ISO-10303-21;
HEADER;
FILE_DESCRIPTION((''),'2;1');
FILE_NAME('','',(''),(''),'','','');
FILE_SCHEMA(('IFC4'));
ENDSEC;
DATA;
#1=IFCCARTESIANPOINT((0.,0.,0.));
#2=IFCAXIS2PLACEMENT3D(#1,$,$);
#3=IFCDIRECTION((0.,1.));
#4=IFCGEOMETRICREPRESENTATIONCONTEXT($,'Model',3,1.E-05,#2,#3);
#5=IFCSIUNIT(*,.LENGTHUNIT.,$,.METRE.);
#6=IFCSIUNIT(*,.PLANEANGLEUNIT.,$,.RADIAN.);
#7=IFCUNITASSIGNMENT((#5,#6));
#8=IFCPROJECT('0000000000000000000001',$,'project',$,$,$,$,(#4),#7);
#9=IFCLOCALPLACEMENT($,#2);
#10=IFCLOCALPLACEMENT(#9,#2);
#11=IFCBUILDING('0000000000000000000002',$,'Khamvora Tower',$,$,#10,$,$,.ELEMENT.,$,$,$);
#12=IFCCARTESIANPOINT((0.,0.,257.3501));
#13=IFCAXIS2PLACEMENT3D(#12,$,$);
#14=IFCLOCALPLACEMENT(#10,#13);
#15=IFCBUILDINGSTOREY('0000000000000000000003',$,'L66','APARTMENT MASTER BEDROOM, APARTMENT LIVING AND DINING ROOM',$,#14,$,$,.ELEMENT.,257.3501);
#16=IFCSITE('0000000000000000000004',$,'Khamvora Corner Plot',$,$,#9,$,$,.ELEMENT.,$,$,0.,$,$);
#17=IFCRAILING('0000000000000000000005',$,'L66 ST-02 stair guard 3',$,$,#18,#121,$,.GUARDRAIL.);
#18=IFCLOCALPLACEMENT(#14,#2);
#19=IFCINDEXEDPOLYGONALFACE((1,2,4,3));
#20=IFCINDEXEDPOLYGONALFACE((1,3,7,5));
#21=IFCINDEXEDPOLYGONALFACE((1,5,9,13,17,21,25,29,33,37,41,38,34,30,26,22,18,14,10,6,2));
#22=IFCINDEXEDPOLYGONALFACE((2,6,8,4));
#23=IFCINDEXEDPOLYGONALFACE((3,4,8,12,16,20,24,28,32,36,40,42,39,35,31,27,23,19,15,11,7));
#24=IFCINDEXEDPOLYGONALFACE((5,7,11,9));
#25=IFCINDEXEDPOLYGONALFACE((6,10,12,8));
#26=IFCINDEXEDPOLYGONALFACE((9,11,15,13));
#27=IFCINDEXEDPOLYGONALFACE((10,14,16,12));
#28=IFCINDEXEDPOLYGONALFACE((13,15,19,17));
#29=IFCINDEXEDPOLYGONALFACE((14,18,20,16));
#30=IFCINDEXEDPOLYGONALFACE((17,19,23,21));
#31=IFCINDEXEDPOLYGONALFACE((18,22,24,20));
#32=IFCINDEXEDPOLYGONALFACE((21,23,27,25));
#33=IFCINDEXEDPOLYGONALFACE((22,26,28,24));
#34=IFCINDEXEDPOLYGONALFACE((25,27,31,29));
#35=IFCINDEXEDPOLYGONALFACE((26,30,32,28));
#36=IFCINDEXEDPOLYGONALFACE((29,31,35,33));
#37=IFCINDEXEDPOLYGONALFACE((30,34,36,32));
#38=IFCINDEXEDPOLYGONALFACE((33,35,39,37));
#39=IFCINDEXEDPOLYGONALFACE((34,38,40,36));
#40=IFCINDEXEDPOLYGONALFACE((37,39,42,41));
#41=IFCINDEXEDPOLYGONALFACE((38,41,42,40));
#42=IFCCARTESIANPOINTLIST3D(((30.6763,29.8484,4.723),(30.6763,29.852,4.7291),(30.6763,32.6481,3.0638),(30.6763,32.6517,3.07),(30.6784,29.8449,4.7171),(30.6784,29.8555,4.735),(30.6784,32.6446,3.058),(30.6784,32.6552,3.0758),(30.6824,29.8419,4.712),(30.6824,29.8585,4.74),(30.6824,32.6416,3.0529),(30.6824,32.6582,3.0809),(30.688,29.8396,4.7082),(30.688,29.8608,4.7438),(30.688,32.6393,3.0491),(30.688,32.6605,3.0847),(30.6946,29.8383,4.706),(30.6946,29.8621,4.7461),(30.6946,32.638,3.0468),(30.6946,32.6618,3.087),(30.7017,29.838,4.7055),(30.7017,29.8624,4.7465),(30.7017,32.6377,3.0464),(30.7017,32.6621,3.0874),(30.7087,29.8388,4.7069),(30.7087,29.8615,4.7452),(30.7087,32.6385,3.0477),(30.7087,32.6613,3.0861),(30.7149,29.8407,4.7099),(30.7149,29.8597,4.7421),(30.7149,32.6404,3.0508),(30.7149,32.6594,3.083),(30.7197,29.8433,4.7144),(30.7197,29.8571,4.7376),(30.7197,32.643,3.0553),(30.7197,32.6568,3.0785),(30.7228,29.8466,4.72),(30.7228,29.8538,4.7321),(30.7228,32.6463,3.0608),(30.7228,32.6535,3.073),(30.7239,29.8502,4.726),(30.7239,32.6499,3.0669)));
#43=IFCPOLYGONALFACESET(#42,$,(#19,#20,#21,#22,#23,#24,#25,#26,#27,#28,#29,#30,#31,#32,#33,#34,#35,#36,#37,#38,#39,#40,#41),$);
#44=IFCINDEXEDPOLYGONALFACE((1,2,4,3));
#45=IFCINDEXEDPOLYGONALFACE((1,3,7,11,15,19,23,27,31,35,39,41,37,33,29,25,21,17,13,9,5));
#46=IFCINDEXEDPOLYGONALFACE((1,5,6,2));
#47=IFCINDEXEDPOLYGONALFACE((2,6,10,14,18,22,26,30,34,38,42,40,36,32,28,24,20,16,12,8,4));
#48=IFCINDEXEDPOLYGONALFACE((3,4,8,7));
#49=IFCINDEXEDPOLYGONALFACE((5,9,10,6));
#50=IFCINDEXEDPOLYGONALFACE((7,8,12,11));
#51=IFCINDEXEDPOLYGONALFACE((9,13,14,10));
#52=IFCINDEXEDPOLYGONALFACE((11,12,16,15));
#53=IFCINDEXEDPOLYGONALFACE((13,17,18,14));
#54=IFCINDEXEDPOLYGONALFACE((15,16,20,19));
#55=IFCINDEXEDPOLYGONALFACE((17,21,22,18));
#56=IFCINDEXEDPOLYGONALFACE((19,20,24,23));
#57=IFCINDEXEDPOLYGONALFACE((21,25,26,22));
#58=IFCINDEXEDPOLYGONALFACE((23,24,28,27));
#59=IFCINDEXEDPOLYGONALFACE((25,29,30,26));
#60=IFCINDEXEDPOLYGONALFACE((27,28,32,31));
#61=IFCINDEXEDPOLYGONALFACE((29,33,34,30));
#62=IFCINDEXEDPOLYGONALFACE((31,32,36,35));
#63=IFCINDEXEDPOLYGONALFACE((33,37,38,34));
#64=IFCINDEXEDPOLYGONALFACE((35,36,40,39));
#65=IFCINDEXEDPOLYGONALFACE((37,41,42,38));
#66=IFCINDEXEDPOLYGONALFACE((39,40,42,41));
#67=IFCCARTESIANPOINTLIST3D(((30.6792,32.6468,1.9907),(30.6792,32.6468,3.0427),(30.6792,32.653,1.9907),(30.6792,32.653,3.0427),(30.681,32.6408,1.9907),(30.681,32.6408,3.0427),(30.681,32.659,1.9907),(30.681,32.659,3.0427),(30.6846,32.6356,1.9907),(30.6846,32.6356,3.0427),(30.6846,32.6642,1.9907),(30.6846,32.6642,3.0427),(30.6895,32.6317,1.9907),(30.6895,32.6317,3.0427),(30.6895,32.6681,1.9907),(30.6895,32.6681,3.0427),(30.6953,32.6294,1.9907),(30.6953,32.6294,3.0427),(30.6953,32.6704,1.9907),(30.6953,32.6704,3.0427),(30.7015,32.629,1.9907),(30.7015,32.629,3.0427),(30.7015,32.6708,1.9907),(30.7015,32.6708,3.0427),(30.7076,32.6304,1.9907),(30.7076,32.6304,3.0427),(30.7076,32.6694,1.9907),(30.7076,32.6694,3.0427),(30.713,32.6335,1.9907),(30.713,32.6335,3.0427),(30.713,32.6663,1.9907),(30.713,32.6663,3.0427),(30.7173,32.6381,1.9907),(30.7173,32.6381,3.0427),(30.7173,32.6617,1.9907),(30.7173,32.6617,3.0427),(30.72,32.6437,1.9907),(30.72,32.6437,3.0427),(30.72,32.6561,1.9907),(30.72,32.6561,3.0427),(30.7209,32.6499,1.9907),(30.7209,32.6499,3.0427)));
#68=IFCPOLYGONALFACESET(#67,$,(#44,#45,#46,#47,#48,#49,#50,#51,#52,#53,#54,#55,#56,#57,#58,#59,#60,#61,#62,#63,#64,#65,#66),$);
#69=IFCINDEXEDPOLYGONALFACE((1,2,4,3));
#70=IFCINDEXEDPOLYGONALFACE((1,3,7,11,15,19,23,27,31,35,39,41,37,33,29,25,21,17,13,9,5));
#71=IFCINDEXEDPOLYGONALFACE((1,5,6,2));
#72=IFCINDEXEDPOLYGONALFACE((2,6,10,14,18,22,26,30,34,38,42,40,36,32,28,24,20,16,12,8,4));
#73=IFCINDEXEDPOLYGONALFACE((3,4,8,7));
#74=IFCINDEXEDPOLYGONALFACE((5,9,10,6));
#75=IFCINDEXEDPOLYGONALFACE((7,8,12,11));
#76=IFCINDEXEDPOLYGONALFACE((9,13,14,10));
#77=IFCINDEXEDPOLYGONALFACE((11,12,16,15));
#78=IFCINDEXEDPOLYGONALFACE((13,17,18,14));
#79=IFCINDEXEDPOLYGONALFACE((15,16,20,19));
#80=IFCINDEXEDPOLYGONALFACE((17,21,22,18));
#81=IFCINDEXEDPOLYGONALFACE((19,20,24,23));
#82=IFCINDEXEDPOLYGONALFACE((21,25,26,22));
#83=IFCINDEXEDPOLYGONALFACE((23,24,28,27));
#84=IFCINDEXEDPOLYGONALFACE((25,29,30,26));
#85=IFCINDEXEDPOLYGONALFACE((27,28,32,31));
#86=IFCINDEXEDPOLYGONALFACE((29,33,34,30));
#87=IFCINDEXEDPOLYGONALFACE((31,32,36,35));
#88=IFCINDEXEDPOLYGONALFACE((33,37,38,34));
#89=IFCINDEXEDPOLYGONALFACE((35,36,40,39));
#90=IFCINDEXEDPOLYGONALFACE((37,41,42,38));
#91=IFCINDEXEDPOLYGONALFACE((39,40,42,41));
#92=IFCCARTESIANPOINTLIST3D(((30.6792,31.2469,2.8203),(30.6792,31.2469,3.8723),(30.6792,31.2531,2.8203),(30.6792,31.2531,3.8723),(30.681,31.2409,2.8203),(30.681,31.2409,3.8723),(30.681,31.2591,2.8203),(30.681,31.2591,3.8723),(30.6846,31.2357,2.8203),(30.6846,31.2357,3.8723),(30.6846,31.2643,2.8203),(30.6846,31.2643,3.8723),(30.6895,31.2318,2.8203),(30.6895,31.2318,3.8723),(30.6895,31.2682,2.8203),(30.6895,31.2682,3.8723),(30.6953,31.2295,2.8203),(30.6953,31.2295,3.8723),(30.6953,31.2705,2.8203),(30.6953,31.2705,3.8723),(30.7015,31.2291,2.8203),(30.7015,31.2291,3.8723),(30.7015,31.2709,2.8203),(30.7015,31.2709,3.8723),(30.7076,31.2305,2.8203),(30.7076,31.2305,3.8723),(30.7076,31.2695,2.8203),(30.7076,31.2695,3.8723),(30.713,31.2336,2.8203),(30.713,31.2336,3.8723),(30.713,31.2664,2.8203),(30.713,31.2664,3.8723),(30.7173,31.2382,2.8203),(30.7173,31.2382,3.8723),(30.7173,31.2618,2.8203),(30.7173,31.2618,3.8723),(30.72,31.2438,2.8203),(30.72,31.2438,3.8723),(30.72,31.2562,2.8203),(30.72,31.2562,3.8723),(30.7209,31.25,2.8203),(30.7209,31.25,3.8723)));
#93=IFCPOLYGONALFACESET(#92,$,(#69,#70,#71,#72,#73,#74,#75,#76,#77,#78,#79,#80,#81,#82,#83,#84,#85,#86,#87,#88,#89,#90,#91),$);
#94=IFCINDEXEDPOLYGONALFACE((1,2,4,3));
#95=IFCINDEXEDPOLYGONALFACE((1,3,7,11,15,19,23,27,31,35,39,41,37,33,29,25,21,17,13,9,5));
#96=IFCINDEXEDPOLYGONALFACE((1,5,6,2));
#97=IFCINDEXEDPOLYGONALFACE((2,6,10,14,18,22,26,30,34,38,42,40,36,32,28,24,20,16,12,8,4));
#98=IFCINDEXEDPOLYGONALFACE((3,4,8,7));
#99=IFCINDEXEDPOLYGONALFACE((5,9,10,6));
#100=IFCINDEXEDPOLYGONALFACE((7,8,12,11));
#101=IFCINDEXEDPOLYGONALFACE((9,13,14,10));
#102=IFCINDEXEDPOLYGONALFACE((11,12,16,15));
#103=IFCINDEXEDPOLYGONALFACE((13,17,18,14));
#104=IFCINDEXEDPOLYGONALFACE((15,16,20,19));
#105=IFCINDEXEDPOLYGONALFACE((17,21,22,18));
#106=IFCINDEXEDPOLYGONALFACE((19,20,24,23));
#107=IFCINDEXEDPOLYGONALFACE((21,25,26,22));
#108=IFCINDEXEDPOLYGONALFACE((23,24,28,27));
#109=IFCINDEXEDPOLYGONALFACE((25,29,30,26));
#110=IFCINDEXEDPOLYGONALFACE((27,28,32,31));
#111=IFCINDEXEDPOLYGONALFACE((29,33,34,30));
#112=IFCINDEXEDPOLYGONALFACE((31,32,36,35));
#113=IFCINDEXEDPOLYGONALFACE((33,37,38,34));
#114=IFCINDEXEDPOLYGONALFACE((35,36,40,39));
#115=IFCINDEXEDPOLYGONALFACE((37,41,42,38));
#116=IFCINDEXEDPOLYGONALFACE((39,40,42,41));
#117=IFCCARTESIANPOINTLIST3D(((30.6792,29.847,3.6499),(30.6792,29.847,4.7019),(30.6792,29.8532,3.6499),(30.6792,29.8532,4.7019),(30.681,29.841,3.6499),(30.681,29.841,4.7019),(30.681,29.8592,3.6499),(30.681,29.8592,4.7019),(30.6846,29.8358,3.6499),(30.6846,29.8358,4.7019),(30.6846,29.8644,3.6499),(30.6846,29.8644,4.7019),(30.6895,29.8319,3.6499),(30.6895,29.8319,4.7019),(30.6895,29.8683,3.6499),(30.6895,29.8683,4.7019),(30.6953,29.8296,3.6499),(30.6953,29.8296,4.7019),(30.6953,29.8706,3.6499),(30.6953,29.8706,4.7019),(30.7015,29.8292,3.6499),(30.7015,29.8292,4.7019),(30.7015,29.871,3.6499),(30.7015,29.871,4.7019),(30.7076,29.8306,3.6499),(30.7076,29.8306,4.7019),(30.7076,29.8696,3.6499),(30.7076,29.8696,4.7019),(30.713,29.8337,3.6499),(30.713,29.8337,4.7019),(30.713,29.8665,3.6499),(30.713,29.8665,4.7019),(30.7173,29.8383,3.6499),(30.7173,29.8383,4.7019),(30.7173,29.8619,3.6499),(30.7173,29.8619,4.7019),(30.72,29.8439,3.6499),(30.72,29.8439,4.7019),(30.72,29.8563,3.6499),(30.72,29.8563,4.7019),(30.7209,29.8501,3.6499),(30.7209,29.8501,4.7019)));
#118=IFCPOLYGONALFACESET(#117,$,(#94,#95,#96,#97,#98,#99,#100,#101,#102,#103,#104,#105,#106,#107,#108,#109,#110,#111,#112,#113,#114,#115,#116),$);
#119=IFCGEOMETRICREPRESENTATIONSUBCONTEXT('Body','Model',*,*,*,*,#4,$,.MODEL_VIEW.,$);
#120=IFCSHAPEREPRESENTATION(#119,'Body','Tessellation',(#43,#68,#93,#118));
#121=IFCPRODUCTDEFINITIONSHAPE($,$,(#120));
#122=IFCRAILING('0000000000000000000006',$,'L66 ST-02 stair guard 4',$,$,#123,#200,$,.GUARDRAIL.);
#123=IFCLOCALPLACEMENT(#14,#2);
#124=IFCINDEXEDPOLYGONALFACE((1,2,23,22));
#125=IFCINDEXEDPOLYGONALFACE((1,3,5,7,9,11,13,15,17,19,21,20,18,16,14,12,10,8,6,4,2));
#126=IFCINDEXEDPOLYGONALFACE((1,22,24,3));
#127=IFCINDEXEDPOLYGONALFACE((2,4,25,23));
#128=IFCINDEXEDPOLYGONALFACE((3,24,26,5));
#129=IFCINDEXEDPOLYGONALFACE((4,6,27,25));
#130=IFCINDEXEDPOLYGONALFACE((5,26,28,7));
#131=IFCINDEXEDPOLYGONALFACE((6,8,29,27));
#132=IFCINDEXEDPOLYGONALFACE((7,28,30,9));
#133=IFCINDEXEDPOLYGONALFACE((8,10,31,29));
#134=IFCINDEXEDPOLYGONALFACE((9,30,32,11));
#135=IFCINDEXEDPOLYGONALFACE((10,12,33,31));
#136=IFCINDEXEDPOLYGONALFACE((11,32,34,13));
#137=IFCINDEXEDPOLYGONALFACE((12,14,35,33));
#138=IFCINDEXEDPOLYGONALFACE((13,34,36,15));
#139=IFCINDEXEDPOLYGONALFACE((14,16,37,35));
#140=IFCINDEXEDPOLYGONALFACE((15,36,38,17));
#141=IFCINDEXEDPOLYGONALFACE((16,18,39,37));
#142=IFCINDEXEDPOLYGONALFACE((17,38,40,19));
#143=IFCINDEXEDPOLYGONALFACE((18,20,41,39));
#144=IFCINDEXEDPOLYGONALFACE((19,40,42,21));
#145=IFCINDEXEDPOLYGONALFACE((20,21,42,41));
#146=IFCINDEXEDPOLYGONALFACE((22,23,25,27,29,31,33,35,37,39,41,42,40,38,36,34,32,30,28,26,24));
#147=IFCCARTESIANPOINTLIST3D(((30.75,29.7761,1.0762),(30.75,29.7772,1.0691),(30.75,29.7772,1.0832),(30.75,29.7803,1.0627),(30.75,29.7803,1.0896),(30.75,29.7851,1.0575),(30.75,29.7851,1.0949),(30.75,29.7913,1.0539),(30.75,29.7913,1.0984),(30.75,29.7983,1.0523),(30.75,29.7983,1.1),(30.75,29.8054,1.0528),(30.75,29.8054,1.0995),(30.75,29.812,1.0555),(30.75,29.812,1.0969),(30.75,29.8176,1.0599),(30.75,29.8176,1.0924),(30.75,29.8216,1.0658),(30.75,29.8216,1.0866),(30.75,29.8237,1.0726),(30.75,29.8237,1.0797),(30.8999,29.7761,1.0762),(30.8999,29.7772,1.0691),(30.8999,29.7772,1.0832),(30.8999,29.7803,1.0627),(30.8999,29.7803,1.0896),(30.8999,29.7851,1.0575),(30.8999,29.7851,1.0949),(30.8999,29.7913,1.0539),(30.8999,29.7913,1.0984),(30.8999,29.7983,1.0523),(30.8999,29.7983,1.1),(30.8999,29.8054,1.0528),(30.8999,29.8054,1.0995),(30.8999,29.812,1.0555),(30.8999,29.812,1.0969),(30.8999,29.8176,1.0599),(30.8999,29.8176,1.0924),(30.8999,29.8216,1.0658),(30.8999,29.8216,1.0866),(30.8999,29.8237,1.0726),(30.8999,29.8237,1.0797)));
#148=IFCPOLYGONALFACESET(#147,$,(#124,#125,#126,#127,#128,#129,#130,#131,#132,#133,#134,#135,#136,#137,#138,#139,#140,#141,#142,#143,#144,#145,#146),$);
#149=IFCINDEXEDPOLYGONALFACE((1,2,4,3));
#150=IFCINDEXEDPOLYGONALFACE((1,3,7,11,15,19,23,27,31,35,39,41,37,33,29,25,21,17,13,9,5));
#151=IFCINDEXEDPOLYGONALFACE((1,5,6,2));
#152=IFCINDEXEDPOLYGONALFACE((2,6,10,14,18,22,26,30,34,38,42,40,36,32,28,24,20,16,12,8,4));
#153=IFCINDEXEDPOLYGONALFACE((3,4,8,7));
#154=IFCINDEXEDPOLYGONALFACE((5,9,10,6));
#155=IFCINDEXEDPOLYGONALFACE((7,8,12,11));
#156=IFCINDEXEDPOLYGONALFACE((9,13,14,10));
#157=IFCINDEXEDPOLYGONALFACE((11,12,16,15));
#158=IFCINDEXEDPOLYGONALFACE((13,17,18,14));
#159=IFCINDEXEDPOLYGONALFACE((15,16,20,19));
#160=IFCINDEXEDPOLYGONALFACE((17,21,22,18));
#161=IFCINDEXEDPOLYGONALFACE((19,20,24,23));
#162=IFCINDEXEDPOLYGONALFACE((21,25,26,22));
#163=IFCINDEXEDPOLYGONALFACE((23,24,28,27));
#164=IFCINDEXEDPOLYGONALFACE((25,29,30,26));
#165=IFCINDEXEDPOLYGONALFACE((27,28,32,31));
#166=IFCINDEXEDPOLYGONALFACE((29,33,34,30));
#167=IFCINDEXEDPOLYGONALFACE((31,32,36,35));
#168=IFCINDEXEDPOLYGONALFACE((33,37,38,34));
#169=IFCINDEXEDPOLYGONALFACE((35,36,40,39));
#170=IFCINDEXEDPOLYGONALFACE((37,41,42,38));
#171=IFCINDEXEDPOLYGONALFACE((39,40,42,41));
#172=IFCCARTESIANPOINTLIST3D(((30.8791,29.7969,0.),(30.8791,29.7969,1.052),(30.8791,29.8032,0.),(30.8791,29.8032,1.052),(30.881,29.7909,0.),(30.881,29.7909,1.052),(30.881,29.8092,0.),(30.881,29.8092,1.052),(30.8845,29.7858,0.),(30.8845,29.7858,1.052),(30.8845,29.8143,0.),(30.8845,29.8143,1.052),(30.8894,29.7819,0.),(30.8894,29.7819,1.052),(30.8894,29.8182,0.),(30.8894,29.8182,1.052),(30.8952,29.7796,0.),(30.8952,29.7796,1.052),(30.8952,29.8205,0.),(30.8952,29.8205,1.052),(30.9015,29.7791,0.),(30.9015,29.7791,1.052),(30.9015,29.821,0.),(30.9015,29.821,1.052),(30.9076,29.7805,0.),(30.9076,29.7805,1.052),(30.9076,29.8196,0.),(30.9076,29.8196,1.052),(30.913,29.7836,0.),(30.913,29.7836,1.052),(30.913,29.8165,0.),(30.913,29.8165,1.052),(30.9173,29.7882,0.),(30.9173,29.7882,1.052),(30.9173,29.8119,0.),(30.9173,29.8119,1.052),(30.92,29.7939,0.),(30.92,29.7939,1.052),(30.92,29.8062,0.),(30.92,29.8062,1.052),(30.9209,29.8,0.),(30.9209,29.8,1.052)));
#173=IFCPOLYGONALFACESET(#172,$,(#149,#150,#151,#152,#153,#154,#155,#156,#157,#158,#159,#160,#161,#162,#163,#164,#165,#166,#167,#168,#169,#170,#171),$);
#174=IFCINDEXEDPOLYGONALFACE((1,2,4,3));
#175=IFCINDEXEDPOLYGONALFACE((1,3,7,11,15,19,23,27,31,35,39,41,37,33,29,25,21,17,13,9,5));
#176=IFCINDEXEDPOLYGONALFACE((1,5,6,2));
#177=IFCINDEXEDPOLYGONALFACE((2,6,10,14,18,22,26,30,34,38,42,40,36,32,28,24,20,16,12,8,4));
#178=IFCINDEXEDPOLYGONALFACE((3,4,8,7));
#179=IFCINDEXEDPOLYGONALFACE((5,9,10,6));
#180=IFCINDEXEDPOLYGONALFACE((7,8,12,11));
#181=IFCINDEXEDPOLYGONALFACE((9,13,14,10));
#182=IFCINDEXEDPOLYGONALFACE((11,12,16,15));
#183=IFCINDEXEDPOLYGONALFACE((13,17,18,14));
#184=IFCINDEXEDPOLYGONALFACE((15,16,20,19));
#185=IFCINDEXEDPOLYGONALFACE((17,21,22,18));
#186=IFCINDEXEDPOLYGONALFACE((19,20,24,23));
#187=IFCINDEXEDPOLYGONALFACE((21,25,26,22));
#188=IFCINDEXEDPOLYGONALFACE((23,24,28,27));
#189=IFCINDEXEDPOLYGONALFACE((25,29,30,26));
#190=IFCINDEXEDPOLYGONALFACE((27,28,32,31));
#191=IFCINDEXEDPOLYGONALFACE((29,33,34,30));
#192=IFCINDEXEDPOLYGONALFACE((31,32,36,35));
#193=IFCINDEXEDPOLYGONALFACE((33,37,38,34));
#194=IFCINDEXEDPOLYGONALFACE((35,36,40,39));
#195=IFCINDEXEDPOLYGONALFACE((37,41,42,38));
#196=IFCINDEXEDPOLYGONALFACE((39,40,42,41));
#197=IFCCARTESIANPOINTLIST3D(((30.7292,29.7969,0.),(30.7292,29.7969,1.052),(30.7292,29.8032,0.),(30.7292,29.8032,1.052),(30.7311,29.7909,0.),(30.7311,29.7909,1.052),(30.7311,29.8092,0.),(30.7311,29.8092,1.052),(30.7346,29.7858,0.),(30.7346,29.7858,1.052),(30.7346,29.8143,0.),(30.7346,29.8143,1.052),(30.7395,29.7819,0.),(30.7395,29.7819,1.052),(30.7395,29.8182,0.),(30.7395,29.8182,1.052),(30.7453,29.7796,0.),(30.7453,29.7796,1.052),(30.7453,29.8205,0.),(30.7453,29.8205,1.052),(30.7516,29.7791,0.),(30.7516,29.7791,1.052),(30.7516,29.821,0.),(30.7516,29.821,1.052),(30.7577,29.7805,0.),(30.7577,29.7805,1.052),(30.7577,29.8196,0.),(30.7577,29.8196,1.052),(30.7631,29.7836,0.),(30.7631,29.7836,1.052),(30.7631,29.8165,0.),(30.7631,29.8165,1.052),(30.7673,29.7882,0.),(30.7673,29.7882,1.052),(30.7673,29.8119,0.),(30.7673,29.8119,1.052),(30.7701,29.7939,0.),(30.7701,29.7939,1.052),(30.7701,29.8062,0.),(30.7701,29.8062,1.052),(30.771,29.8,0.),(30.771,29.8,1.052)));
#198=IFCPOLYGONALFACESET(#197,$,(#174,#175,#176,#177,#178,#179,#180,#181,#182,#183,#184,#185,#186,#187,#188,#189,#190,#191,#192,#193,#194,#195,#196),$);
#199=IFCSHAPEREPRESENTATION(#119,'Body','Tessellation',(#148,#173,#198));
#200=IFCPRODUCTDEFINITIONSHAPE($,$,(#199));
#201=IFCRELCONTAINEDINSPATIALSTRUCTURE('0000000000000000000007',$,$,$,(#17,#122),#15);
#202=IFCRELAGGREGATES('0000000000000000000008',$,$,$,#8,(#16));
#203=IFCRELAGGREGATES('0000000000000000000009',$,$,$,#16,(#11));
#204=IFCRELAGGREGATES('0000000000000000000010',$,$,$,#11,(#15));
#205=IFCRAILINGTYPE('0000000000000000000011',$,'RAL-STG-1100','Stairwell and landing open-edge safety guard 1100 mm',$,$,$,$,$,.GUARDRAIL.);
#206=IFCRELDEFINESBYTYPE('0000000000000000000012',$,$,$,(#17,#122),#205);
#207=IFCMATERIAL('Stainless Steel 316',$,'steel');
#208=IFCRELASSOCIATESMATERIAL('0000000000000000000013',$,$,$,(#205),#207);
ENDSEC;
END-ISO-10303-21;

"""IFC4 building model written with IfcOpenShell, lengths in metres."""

from ifc_helpers import new_model, si_unit, direction, frame, origin, origin_2d, place, context, subcontext, project, spatial, circle, extrude, material, type_object, element, save


model = new_model("IFC4")

# Units and contexts
model_context = context("Model", 3, precision=1e-05, world=origin(), true_north=direction((0.0, 1.0)))
body_context = subcontext(model_context, "Body", "Model", "MODEL_VIEW")
ifc_project = project(units=[si_unit("LENGTHUNIT", "METRE"), si_unit("PLANEANGLEUNIT", "RADIAN")], contexts=[model_context])

# Site, building, storey
site_placement = place(None, origin())
site = spatial("IfcSite", under=ifc_project, at=site_placement, Name="Khamvora Corner Plot", CompositionType="ELEMENT", RefElevation=0.0)
building_placement = place(site_placement, origin())
building = spatial("IfcBuilding", under=site, at=building_placement, Name="Khamvora Tower", CompositionType="ELEMENT")
storey_placement = place(building_placement, frame((0.0, 0.0, 257.3501)))
storey = spatial("IfcBuildingStorey", under=building, at=storey_placement, Name="L66", Description="APARTMENT MASTER BEDROOM, APARTMENT LIVING AND DINING ROOM", CompositionType="ELEMENT", Elevation=257.3501)

# Railings
ifc_material_1 = material(Name="Stainless Steel 316", Category="steel")
railing_type_1 = type_object("IfcRailingType", Name="RAL-STG-1100", Description="Stairwell and landing open-edge safety guard 1100 mm", PredefinedType="GUARDRAIL", material=ifc_material_1)
railing_1_placement = place(storey_placement, frame((30.7, 32.6499, 1.9907)))
element("IfcRailing", 1, at=railing_1_placement, inside=storey, type_object=railing_type_1, Name="L66 ST-02 stair guard 3", PredefinedType="GUARDRAIL", context=body_context, shape_type="SweptSolid", body=[
    extrude(circle(Radius=0.0239, at=origin_2d()), frame((0.0, 0.0, 1.0762), z_axis=(0.0, -0.860287, 0.509811), x_axis=(1.0, 0.0, 0.0)), (0.0, 0.0, 1.0), 3.2544),
    extrude(circle(Radius=0.021, at=origin_2d()), origin(), (0.0, 0.0, 1.0), 1.052),
    extrude(circle(Radius=0.021, at=origin_2d()), frame((0.0, -1.3999, 0.8296)), (0.0, 0.0, 1.0), 1.052),
    extrude(circle(Radius=0.021, at=origin_2d()), frame((0.0, -2.7998, 1.6592)), (0.0, 0.0, 1.0), 1.052),
])
railing_2_placement = place(storey_placement, frame((30.8999, 29.8, 0.0)))
element("IfcRailing", 2, at=railing_2_placement, inside=storey, type_object=railing_type_1, Name="L66 ST-02 stair guard 4", PredefinedType="GUARDRAIL", context=body_context, shape_type="SweptSolid", body=[
    extrude(circle(Radius=0.0239, at=origin_2d()), frame((0.0, 0.0, 1.0762), z_axis=(-1.0, 0.0, 0.0), x_axis=(0.0, -1.0, 0.0)), (0.0, 0.0, 1.0), 0.1499),
    extrude(circle(Radius=0.021, at=origin_2d()), origin(), (0.0, 0.0, 1.0), 1.052),
    extrude(circle(Radius=0.021, at=origin_2d()), frame((-0.1499, 0.0, 0.0)), (0.0, 0.0, 1.0), 1.052),
])

save(model, "model.ifc")
